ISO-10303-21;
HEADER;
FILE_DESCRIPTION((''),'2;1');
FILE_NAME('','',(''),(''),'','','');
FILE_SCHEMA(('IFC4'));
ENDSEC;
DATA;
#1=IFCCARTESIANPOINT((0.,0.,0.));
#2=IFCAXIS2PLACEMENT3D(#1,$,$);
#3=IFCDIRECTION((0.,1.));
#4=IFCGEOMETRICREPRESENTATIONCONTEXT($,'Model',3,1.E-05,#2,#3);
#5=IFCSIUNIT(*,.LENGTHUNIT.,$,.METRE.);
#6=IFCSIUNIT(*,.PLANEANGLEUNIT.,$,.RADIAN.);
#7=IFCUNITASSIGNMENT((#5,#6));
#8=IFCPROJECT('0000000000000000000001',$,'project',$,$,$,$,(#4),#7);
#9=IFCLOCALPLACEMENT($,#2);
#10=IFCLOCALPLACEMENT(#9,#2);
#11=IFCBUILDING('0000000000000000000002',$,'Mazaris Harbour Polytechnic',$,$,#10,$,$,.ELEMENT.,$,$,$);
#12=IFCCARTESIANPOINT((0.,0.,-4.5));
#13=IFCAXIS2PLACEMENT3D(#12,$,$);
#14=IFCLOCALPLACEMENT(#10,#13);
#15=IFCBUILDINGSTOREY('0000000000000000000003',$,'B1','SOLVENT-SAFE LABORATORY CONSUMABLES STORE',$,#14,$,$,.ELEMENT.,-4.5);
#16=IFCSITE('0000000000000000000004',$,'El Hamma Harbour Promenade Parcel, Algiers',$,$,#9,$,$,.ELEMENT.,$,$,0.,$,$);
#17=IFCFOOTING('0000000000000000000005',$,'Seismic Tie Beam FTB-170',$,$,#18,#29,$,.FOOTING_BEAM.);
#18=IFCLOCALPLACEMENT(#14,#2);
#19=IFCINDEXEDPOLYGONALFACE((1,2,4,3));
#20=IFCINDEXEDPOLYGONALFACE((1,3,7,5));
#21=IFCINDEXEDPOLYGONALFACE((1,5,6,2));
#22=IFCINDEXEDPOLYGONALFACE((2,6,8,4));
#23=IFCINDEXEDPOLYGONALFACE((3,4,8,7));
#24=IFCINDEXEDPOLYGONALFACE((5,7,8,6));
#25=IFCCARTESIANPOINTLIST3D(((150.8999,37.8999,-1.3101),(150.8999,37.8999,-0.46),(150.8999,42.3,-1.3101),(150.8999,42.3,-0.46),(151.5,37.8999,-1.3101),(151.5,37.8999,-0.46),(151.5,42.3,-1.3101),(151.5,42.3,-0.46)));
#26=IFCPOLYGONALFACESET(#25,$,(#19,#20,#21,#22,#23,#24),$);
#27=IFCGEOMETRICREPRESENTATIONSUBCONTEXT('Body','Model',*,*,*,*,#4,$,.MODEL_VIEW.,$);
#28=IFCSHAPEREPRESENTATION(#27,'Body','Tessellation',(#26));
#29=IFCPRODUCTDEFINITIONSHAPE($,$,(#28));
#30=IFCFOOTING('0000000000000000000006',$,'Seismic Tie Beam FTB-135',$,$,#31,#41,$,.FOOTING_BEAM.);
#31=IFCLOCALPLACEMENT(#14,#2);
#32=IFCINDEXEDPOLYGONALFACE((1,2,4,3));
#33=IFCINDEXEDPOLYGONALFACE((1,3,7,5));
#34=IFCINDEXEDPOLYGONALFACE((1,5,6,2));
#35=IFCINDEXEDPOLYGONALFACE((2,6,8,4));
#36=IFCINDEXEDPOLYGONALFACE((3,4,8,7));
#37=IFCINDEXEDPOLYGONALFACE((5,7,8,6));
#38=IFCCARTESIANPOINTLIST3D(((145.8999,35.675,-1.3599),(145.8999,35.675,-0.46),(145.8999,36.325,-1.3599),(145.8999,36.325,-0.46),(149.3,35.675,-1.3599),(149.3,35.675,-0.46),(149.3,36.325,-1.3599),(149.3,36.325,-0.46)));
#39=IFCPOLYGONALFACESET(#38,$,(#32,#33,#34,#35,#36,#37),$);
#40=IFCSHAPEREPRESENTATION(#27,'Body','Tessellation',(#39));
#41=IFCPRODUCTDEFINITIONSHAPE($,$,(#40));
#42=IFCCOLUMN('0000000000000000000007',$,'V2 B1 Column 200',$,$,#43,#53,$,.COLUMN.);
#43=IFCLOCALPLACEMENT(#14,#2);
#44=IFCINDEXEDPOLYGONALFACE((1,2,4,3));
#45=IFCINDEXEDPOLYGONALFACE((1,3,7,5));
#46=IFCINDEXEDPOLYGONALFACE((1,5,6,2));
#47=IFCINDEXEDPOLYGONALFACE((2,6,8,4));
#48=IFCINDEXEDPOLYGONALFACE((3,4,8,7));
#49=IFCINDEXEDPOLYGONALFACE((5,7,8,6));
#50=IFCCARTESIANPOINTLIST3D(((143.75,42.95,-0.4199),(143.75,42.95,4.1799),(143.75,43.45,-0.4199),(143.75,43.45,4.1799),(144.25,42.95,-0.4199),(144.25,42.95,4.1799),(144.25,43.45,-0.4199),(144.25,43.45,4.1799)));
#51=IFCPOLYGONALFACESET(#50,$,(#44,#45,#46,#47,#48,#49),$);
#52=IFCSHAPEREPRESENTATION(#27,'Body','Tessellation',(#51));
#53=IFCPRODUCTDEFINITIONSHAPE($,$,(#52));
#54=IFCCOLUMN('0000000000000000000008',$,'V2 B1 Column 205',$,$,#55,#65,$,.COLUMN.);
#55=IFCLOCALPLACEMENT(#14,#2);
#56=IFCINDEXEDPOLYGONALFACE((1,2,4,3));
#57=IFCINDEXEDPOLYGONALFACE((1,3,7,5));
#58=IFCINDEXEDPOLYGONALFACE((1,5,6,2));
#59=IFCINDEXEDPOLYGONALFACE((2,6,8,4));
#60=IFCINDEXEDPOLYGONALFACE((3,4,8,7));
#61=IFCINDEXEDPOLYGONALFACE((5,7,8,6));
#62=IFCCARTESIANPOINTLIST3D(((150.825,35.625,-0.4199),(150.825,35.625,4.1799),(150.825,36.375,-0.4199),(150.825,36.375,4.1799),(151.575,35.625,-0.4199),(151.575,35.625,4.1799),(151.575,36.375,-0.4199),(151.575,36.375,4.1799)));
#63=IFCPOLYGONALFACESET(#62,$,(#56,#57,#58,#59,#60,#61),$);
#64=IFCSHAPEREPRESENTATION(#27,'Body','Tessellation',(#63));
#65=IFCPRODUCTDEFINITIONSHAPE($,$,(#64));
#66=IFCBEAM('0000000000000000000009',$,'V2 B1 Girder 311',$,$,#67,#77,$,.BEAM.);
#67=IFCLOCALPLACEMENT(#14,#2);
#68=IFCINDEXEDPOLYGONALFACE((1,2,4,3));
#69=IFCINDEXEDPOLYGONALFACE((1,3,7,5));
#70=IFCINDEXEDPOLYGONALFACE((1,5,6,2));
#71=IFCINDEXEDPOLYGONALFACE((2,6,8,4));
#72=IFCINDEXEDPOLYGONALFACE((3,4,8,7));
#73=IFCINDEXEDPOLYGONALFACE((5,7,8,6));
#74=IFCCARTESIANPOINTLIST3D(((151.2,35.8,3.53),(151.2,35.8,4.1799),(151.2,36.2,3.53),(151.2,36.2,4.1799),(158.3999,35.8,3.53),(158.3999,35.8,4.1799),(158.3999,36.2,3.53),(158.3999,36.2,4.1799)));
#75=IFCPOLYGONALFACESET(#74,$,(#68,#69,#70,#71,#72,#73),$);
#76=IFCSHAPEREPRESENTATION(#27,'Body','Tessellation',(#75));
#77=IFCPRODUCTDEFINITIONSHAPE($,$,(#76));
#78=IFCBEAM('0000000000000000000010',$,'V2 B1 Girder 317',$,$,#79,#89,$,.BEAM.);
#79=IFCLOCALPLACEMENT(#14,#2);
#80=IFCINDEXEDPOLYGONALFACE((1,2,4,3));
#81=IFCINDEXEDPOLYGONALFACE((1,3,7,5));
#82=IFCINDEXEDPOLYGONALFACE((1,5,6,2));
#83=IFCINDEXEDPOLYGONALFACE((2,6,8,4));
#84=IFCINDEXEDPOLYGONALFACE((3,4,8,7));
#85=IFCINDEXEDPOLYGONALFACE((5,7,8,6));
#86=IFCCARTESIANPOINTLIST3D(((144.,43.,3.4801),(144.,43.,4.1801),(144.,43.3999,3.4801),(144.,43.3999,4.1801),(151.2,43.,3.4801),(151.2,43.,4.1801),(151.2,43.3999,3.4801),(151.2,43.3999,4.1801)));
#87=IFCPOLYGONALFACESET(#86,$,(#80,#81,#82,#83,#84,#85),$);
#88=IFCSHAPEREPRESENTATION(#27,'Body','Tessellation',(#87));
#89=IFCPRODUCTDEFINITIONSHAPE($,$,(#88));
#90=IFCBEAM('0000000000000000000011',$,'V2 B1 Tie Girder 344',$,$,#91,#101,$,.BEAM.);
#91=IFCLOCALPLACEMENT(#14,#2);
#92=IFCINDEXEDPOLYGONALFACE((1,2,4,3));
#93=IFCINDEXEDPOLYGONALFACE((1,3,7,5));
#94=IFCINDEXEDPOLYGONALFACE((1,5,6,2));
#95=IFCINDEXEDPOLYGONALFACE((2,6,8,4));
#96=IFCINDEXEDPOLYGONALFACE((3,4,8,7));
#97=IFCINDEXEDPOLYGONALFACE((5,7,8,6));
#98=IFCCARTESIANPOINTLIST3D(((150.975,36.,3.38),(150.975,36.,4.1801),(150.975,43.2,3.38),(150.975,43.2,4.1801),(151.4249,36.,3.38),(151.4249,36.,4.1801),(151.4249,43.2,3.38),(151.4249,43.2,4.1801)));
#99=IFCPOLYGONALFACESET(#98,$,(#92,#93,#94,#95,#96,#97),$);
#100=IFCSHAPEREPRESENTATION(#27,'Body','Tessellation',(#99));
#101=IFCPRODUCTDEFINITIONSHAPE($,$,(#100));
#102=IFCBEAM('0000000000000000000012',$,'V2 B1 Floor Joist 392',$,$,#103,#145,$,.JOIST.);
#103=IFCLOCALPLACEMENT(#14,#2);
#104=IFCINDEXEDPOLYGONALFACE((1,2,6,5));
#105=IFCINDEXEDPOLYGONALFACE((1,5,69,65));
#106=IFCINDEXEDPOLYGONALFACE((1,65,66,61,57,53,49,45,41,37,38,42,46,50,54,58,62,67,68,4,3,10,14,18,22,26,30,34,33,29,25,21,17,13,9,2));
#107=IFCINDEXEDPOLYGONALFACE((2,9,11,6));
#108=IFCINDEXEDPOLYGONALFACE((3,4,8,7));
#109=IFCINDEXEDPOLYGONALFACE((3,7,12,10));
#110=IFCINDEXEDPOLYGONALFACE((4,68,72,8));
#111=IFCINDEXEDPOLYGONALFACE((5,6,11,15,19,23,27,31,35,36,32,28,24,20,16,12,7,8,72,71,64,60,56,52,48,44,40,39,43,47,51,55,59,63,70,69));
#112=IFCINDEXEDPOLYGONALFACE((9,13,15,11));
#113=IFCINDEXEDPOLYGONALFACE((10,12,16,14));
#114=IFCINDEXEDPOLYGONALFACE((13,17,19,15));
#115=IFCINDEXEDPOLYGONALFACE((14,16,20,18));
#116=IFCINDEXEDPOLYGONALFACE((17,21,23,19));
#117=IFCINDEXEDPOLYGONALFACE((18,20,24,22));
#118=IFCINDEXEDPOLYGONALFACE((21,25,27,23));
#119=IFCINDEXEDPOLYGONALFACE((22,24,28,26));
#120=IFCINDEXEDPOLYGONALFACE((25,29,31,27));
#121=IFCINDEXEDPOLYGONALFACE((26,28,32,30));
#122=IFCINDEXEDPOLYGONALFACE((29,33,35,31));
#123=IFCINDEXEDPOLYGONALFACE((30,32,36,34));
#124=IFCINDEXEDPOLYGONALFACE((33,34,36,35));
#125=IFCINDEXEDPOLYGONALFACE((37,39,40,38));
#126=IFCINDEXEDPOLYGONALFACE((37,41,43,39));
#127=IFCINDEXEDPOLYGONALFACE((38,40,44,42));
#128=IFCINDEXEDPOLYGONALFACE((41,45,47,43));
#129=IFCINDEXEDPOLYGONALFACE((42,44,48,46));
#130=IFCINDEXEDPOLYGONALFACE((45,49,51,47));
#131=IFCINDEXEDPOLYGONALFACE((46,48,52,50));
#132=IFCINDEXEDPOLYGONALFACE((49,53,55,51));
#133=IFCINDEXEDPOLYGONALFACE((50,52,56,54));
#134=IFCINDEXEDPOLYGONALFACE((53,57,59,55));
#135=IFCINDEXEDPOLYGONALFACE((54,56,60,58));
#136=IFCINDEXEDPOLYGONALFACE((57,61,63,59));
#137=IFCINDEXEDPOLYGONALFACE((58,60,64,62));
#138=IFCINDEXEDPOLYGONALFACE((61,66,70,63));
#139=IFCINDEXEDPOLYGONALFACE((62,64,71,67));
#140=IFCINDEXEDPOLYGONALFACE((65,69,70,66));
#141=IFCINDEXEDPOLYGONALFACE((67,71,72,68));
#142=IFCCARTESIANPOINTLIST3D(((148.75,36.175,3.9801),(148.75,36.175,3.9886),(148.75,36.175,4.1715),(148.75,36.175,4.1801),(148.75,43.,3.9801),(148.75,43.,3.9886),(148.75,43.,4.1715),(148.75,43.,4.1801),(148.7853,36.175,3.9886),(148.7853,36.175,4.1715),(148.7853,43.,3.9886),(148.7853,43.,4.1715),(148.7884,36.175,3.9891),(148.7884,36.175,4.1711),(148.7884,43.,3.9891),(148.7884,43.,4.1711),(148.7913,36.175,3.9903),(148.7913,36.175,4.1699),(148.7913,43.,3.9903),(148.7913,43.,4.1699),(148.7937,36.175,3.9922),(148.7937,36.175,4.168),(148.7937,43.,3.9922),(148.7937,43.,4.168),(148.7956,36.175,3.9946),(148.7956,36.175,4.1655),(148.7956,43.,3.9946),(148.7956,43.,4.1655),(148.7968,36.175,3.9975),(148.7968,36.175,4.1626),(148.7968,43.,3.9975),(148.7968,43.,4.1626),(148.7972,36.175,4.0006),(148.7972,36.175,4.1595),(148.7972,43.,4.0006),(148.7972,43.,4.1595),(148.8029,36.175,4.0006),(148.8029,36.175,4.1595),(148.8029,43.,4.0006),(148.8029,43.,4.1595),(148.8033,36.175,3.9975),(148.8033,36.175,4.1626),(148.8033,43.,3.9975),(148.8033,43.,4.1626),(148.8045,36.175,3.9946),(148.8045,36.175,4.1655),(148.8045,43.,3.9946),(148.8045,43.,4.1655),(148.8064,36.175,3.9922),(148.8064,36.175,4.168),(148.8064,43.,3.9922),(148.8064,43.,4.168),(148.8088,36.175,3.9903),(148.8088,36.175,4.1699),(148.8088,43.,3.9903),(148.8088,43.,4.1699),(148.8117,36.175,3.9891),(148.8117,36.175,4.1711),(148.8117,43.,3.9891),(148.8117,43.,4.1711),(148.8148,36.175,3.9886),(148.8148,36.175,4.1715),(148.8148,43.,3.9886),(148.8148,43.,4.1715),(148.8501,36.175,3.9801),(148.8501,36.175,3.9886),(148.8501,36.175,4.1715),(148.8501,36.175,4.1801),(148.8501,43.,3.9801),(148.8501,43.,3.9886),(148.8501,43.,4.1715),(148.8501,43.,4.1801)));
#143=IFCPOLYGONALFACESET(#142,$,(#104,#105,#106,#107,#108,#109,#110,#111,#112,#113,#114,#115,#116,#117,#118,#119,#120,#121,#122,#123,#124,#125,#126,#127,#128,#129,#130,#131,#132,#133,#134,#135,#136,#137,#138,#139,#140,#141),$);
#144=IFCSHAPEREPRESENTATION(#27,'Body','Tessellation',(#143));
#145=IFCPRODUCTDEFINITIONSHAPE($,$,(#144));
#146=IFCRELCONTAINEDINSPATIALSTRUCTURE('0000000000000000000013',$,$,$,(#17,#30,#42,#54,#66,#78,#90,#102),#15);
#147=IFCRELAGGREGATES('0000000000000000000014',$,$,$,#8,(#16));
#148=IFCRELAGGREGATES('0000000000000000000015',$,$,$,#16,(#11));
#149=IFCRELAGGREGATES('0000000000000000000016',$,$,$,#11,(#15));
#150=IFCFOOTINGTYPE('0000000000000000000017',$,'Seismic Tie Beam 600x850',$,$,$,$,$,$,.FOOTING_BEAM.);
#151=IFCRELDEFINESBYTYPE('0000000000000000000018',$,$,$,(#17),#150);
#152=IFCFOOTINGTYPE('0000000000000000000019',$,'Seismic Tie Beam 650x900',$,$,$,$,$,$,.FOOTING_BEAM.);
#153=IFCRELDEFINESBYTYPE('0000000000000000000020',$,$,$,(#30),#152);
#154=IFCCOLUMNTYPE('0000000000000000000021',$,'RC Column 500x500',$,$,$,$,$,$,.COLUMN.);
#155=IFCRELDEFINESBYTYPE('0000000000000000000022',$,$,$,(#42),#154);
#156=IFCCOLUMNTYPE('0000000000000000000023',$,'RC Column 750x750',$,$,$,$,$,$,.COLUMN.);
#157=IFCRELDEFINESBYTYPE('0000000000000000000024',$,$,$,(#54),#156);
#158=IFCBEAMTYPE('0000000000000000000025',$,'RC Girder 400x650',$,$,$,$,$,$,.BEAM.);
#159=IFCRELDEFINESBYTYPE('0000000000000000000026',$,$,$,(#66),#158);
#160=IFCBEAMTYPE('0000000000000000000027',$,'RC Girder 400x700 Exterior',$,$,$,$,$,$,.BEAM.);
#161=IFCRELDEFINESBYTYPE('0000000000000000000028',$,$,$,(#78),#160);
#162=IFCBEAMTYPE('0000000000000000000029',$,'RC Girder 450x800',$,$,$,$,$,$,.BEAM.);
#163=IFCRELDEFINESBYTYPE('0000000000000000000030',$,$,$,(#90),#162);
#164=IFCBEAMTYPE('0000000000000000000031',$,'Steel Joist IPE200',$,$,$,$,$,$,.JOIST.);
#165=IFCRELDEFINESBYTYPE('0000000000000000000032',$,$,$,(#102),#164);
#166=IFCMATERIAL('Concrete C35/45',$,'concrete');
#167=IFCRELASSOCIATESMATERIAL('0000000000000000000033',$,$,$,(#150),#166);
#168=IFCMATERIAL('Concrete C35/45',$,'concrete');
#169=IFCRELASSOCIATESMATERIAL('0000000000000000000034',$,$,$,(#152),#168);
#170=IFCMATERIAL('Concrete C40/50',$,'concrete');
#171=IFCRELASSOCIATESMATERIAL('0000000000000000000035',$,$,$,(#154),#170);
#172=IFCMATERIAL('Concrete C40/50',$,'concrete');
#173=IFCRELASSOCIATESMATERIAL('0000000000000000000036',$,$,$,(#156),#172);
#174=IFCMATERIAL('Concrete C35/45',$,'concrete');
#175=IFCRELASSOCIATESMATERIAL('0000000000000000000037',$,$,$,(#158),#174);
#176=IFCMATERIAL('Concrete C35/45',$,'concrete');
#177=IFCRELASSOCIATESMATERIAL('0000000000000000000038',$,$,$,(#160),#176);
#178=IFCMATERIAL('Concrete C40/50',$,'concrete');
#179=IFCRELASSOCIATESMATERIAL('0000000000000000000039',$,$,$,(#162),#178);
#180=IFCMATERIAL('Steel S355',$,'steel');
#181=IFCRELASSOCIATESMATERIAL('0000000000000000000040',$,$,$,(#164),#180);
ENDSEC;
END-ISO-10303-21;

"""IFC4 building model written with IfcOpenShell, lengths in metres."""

from ifc_helpers import new_model, si_unit, direction, frame, origin, origin_2d, place, context, subcontext, project, spatial, rectangle, i_section, extrude, material, material_profile, profile_set, type_object, element, save


model = new_model("IFC4")

# Units and contexts
model_context = context("Model", 3, precision=1e-05, world=origin(), true_north=direction((0.0, 1.0)))
body_context = subcontext(model_context, "Body", "Model", "MODEL_VIEW")
ifc_project = project(units=[si_unit("LENGTHUNIT", "METRE"), si_unit("PLANEANGLEUNIT", "RADIAN")], contexts=[model_context])

# Site, building, storey
site_placement = place(None, origin())
site = spatial("IfcSite", under=ifc_project, at=site_placement, Name="El Hamma Harbour Promenade Parcel, Algiers", CompositionType="ELEMENT", RefElevation=0.0)
building_placement = place(site_placement, origin())
building = spatial("IfcBuilding", under=site, at=building_placement, Name="Mazaris Harbour Polytechnic", CompositionType="ELEMENT")
storey_placement = place(building_placement, frame((0.0, 0.0, -4.5)))
storey = spatial("IfcBuildingStorey", under=building, at=storey_placement, Name="B1", Description="SOLVENT-SAFE LABORATORY CONSUMABLES STORE", CompositionType="ELEMENT", Elevation=-4.5)

# Footings
ifc_material_1 = material(Name="Concrete C35/45", Category="concrete")
ifc_material_profile_1 = material_profile(ifc_material_1, rectangle(XDim=0.6001, YDim=0.8501, at=origin_2d()), Name="RECT600x850")
ifc_profile_set_1 = profile_set([ifc_material_profile_1], Name="Concrete C35/45")
footing_type_1 = type_object("IfcFootingType", Name="Seismic Tie Beam 600x850", PredefinedType="FOOTING_BEAM", material=ifc_profile_set_1)
footing_1_placement = place(storey_placement, frame((151.2, 37.8999, -0.885), z_axis=(0.0, 1.0, 0.0), x_axis=(-1.0, 0.0, 0.0)))
element("IfcFooting", 1, at=footing_1_placement, inside=storey, type_object=footing_type_1, Name="Seismic Tie Beam FTB-170", PredefinedType="FOOTING_BEAM", context=body_context, shape_type="SweptSolid", body=[
    extrude(rectangle(XDim=0.6001, YDim=0.8501, at=origin_2d()), origin(), (0.0, 0.0, 1.0), 4.4001),
])
ifc_material_2 = material(Name="Concrete C35/45", Category="concrete")
ifc_material_profile_2 = material_profile(ifc_material_2, rectangle(XDim=0.6499, YDim=0.8999, at=origin_2d()), Name="RECT650x900")
ifc_profile_set_2 = profile_set([ifc_material_profile_2], Name="Concrete C35/45")
footing_type_2 = type_object("IfcFootingType", Name="Seismic Tie Beam 650x900", PredefinedType="FOOTING_BEAM", material=ifc_profile_set_2)
footing_2_placement = place(storey_placement, frame((145.8999, 36.0, -0.9099), z_axis=(1.0, 0.0, 0.0), x_axis=(0.0, 1.0, 0.0)))
element("IfcFooting", 2, at=footing_2_placement, inside=storey, type_object=footing_type_2, Name="Seismic Tie Beam FTB-135", PredefinedType="FOOTING_BEAM", context=body_context, shape_type="SweptSolid", body=[
    extrude(rectangle(XDim=0.6499, YDim=0.8999, at=origin_2d()), origin(), (0.0, 0.0, 1.0), 3.4001),
])

# Columns
ifc_material_3 = material(Name="Concrete C40/50", Category="concrete")
ifc_material_profile_3 = material_profile(ifc_material_3, rectangle(XDim=0.5, YDim=0.5, at=origin_2d()), Name="RECT500x500")
ifc_profile_set_3 = profile_set([ifc_material_profile_3], Name="Concrete C40/50")
column_type_1 = type_object("IfcColumnType", Name="RC Column 500x500", PredefinedType="COLUMN", material=ifc_profile_set_3)
column_1_placement = place(storey_placement, frame((144.0, 43.2, -0.4199), z_axis=(0.0, 0.0, 1.0), x_axis=(1.0, 0.0, 0.0)))
element("IfcColumn", 3, at=column_1_placement, inside=storey, type_object=column_type_1, Name="V2 B1 Column 200", PredefinedType="COLUMN", context=body_context, shape_type="SweptSolid", body=[
    extrude(rectangle(XDim=0.5, YDim=0.5, at=origin_2d()), origin(), (0.0, 0.0, 1.0), 4.5999),
])
ifc_material_4 = material(Name="Concrete C40/50", Category="concrete")
ifc_material_profile_4 = material_profile(ifc_material_4, rectangle(XDim=0.75, YDim=0.75, at=origin_2d()), Name="RECT750x750")
ifc_profile_set_4 = profile_set([ifc_material_profile_4], Name="Concrete C40/50")
column_type_2 = type_object("IfcColumnType", Name="RC Column 750x750", PredefinedType="COLUMN", material=ifc_profile_set_4)
column_2_placement = place(storey_placement, frame((151.2, 36.0, -0.4199), z_axis=(0.0, 0.0, 1.0), x_axis=(1.0, 0.0, 0.0)))
element("IfcColumn", 4, at=column_2_placement, inside=storey, type_object=column_type_2, Name="V2 B1 Column 205", PredefinedType="COLUMN", context=body_context, shape_type="SweptSolid", body=[
    extrude(rectangle(XDim=0.75, YDim=0.75, at=origin_2d()), origin(), (0.0, 0.0, 1.0), 4.5999),
])

# Beams
ifc_material_5 = material(Name="Concrete C35/45", Category="concrete")
ifc_material_profile_5 = material_profile(ifc_material_5, rectangle(XDim=0.3999, YDim=0.6499, at=origin_2d()), Name="RECT400x650")
ifc_profile_set_5 = profile_set([ifc_material_profile_5], Name="Concrete C35/45")
beam_type_1 = type_object("IfcBeamType", Name="RC Girder 400x650", PredefinedType="BEAM", material=ifc_profile_set_5)
beam_1_placement = place(storey_placement, frame((151.2, 36.0, 3.855), z_axis=(1.0, 0.0, 0.0), x_axis=(0.0, 1.0, 0.0)))
element("IfcBeam", 5, at=beam_1_placement, inside=storey, type_object=beam_type_1, Name="V2 B1 Girder 311", PredefinedType="BEAM", context=body_context, shape_type="SweptSolid", body=[
    extrude(rectangle(XDim=0.3999, YDim=0.6499, at=origin_2d()), origin(), (0.0, 0.0, 1.0), 7.2),
])
ifc_material_6 = material(Name="Concrete C35/45", Category="concrete")
ifc_material_profile_6 = material_profile(ifc_material_6, rectangle(XDim=0.3999, YDim=0.7, at=origin_2d()), Name="RECT400x700")
ifc_profile_set_6 = profile_set([ifc_material_profile_6], Name="Concrete C35/45")
beam_type_2 = type_object("IfcBeamType", Name="RC Girder 400x700 Exterior", PredefinedType="BEAM", material=ifc_profile_set_6)
beam_2_placement = place(storey_placement, frame((144.0, 43.2, 3.8301), z_axis=(1.0, 0.0, 0.0), x_axis=(0.0, 1.0, 0.0)))
element("IfcBeam", 6, at=beam_2_placement, inside=storey, type_object=beam_type_2, Name="V2 B1 Girder 317", PredefinedType="BEAM", context=body_context, shape_type="SweptSolid", body=[
    extrude(rectangle(XDim=0.3999, YDim=0.7, at=origin_2d()), origin(), (0.0, 0.0, 1.0), 7.2),
])
ifc_material_7 = material(Name="Concrete C40/50", Category="concrete")
ifc_material_profile_7 = material_profile(ifc_material_7, rectangle(XDim=0.45, YDim=0.8, at=origin_2d()), Name="RECT450x800")
ifc_profile_set_7 = profile_set([ifc_material_profile_7], Name="Concrete C40/50")
beam_type_3 = type_object("IfcBeamType", Name="RC Girder 450x800", PredefinedType="BEAM", material=ifc_profile_set_7)
beam_3_placement = place(storey_placement, frame((151.2, 36.0, 3.78), z_axis=(0.0, 1.0, 0.0), x_axis=(-1.0, 0.0, 0.0)))
element("IfcBeam", 7, at=beam_3_placement, inside=storey, type_object=beam_type_3, Name="V2 B1 Tie Girder 344", PredefinedType="BEAM", context=body_context, shape_type="SweptSolid", body=[
    extrude(rectangle(XDim=0.45, YDim=0.8, at=origin_2d()), origin(), (0.0, 0.0, 1.0), 7.2),
])
ifc_material_8 = material(Name="Steel S355", Category="steel")
ifc_material_profile_8 = material_profile(ifc_material_8, i_section(OverallWidth=0.1001, OverallDepth=0.2, WebThickness=0.0056, FlangeThickness=0.0085, FilletRadius=0.012, at=origin_2d()), Name="IPE 200")
ifc_profile_set_8 = profile_set([ifc_material_profile_8], Name="Steel S355")
beam_type_4 = type_object("IfcBeamType", Name="Steel Joist IPE200", PredefinedType="JOIST", material=ifc_profile_set_8)
beam_4_placement = place(storey_placement, frame((148.8, 36.175, 4.0801), z_axis=(0.0, 1.0, 0.0), x_axis=(-1.0, 0.0, 0.0)))
element("IfcBeam", 8, at=beam_4_placement, inside=storey, type_object=beam_type_4, Name="V2 B1 Floor Joist 392", PredefinedType="JOIST", context=body_context, shape_type="SweptSolid", body=[
    extrude(i_section(OverallWidth=0.1001, OverallDepth=0.2, WebThickness=0.0056, FlangeThickness=0.0085, FilletRadius=0.012, at=origin_2d()), origin(), (0.0, 0.0, 1.0), 6.825),
])

save(model, "model.ifc")
